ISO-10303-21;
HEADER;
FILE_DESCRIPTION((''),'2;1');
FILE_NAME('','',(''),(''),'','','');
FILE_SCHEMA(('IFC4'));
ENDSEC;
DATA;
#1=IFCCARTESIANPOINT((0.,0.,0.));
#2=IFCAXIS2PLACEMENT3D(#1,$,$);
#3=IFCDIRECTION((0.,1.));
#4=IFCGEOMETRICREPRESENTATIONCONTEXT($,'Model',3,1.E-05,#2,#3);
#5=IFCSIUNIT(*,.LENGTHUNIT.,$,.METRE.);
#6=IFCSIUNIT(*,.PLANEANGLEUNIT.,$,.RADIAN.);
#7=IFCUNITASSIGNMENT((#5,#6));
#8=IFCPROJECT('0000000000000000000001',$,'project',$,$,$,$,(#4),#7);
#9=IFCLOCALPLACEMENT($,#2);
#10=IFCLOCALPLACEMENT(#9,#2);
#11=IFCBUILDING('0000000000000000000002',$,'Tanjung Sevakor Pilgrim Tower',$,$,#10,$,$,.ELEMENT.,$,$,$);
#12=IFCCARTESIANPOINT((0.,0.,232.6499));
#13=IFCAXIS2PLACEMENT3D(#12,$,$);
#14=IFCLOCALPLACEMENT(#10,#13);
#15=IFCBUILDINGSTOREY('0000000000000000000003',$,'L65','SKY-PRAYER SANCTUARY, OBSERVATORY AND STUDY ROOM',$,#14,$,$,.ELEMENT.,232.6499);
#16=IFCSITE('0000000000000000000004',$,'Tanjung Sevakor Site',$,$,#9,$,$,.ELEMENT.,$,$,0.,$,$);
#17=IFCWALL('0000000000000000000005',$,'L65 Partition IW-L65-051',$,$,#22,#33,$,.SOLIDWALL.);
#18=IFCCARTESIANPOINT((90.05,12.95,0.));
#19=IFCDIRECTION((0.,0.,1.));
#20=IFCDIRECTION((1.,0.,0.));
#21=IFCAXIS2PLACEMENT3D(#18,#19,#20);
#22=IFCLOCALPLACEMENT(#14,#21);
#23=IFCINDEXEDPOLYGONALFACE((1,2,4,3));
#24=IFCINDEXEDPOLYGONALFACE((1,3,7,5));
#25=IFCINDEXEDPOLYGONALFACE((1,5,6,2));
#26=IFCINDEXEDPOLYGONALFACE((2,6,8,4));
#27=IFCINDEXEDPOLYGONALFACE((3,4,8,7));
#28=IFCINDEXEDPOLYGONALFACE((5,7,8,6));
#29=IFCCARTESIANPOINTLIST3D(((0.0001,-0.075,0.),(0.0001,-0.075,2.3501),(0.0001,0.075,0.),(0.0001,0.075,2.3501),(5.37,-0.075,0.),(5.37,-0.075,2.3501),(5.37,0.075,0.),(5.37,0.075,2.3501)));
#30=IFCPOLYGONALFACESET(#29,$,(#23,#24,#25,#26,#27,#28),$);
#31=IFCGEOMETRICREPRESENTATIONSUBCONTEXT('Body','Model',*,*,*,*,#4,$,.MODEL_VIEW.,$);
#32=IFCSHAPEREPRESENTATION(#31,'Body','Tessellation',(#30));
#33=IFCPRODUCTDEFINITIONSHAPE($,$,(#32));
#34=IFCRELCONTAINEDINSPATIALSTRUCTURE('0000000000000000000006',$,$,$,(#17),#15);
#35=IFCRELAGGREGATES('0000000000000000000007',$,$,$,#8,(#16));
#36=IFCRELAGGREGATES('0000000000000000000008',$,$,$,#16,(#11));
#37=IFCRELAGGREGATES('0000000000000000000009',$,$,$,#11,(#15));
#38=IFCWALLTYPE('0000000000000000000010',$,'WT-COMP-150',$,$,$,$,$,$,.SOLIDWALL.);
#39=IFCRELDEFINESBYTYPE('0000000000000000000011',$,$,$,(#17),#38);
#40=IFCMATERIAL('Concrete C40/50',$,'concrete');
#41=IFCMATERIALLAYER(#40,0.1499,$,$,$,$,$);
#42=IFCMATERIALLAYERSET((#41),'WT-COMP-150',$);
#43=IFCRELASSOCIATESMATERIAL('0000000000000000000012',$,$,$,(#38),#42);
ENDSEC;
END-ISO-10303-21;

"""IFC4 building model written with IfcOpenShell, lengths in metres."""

from ifc_helpers import new_model, si_unit, direction, frame, frame_2d, origin, place, context, subcontext, project, spatial, rectangle, extrude, material, layer, layer_set, type_object, element, save


model = new_model("IFC4")

# Units and contexts
model_context = context("Model", 3, precision=1e-05, world=origin(), true_north=direction((0.0, 1.0)))
body_context = subcontext(model_context, "Body", "Model", "MODEL_VIEW")
ifc_project = project(units=[si_unit("LENGTHUNIT", "METRE"), si_unit("PLANEANGLEUNIT", "RADIAN")], contexts=[model_context])

# Site, building, storey
site_placement = place(None, origin())
site = spatial("IfcSite", under=ifc_project, at=site_placement, Name="Tanjung Sevakor Site", CompositionType="ELEMENT", RefElevation=0.0)
building_placement = place(site_placement, origin())
building = spatial("IfcBuilding", under=site, at=building_placement, Name="Tanjung Sevakor Pilgrim Tower", CompositionType="ELEMENT")
storey_placement = place(building_placement, frame((0.0, 0.0, 232.6499)))
storey = spatial("IfcBuildingStorey", under=building, at=storey_placement, Name="L65", Description="SKY-PRAYER SANCTUARY, OBSERVATORY AND STUDY ROOM", CompositionType="ELEMENT", Elevation=232.6499)

# Wall
ifc_material_1 = material(Name="Concrete C40/50", Category="concrete")
ifc_layer_1 = layer(ifc_material_1, 0.1499)
ifc_layer_set_1 = layer_set([ifc_layer_1], Name="WT-COMP-150")
wall_type_1 = type_object("IfcWallType", Name="WT-COMP-150", PredefinedType="SOLIDWALL", material=ifc_layer_set_1)
wall_1_placement = place(storey_placement, frame((90.05, 12.95, 0.0), z_axis=(0.0, 0.0, 1.0), x_axis=(1.0, 0.0, 0.0)))
element("IfcWall", 1, at=wall_1_placement, inside=storey, type_object=wall_type_1, Name="L65 Partition IW-L65-051", PredefinedType="SOLIDWALL", context=body_context, shape_type="SweptSolid", body=[
    extrude(rectangle(XDim=5.3699, YDim=0.1499, at=frame_2d((2.6851, 0.0))), origin(), (0.0, 0.0, 1.0), 2.3501),
])

save(model, "model.ifc")
